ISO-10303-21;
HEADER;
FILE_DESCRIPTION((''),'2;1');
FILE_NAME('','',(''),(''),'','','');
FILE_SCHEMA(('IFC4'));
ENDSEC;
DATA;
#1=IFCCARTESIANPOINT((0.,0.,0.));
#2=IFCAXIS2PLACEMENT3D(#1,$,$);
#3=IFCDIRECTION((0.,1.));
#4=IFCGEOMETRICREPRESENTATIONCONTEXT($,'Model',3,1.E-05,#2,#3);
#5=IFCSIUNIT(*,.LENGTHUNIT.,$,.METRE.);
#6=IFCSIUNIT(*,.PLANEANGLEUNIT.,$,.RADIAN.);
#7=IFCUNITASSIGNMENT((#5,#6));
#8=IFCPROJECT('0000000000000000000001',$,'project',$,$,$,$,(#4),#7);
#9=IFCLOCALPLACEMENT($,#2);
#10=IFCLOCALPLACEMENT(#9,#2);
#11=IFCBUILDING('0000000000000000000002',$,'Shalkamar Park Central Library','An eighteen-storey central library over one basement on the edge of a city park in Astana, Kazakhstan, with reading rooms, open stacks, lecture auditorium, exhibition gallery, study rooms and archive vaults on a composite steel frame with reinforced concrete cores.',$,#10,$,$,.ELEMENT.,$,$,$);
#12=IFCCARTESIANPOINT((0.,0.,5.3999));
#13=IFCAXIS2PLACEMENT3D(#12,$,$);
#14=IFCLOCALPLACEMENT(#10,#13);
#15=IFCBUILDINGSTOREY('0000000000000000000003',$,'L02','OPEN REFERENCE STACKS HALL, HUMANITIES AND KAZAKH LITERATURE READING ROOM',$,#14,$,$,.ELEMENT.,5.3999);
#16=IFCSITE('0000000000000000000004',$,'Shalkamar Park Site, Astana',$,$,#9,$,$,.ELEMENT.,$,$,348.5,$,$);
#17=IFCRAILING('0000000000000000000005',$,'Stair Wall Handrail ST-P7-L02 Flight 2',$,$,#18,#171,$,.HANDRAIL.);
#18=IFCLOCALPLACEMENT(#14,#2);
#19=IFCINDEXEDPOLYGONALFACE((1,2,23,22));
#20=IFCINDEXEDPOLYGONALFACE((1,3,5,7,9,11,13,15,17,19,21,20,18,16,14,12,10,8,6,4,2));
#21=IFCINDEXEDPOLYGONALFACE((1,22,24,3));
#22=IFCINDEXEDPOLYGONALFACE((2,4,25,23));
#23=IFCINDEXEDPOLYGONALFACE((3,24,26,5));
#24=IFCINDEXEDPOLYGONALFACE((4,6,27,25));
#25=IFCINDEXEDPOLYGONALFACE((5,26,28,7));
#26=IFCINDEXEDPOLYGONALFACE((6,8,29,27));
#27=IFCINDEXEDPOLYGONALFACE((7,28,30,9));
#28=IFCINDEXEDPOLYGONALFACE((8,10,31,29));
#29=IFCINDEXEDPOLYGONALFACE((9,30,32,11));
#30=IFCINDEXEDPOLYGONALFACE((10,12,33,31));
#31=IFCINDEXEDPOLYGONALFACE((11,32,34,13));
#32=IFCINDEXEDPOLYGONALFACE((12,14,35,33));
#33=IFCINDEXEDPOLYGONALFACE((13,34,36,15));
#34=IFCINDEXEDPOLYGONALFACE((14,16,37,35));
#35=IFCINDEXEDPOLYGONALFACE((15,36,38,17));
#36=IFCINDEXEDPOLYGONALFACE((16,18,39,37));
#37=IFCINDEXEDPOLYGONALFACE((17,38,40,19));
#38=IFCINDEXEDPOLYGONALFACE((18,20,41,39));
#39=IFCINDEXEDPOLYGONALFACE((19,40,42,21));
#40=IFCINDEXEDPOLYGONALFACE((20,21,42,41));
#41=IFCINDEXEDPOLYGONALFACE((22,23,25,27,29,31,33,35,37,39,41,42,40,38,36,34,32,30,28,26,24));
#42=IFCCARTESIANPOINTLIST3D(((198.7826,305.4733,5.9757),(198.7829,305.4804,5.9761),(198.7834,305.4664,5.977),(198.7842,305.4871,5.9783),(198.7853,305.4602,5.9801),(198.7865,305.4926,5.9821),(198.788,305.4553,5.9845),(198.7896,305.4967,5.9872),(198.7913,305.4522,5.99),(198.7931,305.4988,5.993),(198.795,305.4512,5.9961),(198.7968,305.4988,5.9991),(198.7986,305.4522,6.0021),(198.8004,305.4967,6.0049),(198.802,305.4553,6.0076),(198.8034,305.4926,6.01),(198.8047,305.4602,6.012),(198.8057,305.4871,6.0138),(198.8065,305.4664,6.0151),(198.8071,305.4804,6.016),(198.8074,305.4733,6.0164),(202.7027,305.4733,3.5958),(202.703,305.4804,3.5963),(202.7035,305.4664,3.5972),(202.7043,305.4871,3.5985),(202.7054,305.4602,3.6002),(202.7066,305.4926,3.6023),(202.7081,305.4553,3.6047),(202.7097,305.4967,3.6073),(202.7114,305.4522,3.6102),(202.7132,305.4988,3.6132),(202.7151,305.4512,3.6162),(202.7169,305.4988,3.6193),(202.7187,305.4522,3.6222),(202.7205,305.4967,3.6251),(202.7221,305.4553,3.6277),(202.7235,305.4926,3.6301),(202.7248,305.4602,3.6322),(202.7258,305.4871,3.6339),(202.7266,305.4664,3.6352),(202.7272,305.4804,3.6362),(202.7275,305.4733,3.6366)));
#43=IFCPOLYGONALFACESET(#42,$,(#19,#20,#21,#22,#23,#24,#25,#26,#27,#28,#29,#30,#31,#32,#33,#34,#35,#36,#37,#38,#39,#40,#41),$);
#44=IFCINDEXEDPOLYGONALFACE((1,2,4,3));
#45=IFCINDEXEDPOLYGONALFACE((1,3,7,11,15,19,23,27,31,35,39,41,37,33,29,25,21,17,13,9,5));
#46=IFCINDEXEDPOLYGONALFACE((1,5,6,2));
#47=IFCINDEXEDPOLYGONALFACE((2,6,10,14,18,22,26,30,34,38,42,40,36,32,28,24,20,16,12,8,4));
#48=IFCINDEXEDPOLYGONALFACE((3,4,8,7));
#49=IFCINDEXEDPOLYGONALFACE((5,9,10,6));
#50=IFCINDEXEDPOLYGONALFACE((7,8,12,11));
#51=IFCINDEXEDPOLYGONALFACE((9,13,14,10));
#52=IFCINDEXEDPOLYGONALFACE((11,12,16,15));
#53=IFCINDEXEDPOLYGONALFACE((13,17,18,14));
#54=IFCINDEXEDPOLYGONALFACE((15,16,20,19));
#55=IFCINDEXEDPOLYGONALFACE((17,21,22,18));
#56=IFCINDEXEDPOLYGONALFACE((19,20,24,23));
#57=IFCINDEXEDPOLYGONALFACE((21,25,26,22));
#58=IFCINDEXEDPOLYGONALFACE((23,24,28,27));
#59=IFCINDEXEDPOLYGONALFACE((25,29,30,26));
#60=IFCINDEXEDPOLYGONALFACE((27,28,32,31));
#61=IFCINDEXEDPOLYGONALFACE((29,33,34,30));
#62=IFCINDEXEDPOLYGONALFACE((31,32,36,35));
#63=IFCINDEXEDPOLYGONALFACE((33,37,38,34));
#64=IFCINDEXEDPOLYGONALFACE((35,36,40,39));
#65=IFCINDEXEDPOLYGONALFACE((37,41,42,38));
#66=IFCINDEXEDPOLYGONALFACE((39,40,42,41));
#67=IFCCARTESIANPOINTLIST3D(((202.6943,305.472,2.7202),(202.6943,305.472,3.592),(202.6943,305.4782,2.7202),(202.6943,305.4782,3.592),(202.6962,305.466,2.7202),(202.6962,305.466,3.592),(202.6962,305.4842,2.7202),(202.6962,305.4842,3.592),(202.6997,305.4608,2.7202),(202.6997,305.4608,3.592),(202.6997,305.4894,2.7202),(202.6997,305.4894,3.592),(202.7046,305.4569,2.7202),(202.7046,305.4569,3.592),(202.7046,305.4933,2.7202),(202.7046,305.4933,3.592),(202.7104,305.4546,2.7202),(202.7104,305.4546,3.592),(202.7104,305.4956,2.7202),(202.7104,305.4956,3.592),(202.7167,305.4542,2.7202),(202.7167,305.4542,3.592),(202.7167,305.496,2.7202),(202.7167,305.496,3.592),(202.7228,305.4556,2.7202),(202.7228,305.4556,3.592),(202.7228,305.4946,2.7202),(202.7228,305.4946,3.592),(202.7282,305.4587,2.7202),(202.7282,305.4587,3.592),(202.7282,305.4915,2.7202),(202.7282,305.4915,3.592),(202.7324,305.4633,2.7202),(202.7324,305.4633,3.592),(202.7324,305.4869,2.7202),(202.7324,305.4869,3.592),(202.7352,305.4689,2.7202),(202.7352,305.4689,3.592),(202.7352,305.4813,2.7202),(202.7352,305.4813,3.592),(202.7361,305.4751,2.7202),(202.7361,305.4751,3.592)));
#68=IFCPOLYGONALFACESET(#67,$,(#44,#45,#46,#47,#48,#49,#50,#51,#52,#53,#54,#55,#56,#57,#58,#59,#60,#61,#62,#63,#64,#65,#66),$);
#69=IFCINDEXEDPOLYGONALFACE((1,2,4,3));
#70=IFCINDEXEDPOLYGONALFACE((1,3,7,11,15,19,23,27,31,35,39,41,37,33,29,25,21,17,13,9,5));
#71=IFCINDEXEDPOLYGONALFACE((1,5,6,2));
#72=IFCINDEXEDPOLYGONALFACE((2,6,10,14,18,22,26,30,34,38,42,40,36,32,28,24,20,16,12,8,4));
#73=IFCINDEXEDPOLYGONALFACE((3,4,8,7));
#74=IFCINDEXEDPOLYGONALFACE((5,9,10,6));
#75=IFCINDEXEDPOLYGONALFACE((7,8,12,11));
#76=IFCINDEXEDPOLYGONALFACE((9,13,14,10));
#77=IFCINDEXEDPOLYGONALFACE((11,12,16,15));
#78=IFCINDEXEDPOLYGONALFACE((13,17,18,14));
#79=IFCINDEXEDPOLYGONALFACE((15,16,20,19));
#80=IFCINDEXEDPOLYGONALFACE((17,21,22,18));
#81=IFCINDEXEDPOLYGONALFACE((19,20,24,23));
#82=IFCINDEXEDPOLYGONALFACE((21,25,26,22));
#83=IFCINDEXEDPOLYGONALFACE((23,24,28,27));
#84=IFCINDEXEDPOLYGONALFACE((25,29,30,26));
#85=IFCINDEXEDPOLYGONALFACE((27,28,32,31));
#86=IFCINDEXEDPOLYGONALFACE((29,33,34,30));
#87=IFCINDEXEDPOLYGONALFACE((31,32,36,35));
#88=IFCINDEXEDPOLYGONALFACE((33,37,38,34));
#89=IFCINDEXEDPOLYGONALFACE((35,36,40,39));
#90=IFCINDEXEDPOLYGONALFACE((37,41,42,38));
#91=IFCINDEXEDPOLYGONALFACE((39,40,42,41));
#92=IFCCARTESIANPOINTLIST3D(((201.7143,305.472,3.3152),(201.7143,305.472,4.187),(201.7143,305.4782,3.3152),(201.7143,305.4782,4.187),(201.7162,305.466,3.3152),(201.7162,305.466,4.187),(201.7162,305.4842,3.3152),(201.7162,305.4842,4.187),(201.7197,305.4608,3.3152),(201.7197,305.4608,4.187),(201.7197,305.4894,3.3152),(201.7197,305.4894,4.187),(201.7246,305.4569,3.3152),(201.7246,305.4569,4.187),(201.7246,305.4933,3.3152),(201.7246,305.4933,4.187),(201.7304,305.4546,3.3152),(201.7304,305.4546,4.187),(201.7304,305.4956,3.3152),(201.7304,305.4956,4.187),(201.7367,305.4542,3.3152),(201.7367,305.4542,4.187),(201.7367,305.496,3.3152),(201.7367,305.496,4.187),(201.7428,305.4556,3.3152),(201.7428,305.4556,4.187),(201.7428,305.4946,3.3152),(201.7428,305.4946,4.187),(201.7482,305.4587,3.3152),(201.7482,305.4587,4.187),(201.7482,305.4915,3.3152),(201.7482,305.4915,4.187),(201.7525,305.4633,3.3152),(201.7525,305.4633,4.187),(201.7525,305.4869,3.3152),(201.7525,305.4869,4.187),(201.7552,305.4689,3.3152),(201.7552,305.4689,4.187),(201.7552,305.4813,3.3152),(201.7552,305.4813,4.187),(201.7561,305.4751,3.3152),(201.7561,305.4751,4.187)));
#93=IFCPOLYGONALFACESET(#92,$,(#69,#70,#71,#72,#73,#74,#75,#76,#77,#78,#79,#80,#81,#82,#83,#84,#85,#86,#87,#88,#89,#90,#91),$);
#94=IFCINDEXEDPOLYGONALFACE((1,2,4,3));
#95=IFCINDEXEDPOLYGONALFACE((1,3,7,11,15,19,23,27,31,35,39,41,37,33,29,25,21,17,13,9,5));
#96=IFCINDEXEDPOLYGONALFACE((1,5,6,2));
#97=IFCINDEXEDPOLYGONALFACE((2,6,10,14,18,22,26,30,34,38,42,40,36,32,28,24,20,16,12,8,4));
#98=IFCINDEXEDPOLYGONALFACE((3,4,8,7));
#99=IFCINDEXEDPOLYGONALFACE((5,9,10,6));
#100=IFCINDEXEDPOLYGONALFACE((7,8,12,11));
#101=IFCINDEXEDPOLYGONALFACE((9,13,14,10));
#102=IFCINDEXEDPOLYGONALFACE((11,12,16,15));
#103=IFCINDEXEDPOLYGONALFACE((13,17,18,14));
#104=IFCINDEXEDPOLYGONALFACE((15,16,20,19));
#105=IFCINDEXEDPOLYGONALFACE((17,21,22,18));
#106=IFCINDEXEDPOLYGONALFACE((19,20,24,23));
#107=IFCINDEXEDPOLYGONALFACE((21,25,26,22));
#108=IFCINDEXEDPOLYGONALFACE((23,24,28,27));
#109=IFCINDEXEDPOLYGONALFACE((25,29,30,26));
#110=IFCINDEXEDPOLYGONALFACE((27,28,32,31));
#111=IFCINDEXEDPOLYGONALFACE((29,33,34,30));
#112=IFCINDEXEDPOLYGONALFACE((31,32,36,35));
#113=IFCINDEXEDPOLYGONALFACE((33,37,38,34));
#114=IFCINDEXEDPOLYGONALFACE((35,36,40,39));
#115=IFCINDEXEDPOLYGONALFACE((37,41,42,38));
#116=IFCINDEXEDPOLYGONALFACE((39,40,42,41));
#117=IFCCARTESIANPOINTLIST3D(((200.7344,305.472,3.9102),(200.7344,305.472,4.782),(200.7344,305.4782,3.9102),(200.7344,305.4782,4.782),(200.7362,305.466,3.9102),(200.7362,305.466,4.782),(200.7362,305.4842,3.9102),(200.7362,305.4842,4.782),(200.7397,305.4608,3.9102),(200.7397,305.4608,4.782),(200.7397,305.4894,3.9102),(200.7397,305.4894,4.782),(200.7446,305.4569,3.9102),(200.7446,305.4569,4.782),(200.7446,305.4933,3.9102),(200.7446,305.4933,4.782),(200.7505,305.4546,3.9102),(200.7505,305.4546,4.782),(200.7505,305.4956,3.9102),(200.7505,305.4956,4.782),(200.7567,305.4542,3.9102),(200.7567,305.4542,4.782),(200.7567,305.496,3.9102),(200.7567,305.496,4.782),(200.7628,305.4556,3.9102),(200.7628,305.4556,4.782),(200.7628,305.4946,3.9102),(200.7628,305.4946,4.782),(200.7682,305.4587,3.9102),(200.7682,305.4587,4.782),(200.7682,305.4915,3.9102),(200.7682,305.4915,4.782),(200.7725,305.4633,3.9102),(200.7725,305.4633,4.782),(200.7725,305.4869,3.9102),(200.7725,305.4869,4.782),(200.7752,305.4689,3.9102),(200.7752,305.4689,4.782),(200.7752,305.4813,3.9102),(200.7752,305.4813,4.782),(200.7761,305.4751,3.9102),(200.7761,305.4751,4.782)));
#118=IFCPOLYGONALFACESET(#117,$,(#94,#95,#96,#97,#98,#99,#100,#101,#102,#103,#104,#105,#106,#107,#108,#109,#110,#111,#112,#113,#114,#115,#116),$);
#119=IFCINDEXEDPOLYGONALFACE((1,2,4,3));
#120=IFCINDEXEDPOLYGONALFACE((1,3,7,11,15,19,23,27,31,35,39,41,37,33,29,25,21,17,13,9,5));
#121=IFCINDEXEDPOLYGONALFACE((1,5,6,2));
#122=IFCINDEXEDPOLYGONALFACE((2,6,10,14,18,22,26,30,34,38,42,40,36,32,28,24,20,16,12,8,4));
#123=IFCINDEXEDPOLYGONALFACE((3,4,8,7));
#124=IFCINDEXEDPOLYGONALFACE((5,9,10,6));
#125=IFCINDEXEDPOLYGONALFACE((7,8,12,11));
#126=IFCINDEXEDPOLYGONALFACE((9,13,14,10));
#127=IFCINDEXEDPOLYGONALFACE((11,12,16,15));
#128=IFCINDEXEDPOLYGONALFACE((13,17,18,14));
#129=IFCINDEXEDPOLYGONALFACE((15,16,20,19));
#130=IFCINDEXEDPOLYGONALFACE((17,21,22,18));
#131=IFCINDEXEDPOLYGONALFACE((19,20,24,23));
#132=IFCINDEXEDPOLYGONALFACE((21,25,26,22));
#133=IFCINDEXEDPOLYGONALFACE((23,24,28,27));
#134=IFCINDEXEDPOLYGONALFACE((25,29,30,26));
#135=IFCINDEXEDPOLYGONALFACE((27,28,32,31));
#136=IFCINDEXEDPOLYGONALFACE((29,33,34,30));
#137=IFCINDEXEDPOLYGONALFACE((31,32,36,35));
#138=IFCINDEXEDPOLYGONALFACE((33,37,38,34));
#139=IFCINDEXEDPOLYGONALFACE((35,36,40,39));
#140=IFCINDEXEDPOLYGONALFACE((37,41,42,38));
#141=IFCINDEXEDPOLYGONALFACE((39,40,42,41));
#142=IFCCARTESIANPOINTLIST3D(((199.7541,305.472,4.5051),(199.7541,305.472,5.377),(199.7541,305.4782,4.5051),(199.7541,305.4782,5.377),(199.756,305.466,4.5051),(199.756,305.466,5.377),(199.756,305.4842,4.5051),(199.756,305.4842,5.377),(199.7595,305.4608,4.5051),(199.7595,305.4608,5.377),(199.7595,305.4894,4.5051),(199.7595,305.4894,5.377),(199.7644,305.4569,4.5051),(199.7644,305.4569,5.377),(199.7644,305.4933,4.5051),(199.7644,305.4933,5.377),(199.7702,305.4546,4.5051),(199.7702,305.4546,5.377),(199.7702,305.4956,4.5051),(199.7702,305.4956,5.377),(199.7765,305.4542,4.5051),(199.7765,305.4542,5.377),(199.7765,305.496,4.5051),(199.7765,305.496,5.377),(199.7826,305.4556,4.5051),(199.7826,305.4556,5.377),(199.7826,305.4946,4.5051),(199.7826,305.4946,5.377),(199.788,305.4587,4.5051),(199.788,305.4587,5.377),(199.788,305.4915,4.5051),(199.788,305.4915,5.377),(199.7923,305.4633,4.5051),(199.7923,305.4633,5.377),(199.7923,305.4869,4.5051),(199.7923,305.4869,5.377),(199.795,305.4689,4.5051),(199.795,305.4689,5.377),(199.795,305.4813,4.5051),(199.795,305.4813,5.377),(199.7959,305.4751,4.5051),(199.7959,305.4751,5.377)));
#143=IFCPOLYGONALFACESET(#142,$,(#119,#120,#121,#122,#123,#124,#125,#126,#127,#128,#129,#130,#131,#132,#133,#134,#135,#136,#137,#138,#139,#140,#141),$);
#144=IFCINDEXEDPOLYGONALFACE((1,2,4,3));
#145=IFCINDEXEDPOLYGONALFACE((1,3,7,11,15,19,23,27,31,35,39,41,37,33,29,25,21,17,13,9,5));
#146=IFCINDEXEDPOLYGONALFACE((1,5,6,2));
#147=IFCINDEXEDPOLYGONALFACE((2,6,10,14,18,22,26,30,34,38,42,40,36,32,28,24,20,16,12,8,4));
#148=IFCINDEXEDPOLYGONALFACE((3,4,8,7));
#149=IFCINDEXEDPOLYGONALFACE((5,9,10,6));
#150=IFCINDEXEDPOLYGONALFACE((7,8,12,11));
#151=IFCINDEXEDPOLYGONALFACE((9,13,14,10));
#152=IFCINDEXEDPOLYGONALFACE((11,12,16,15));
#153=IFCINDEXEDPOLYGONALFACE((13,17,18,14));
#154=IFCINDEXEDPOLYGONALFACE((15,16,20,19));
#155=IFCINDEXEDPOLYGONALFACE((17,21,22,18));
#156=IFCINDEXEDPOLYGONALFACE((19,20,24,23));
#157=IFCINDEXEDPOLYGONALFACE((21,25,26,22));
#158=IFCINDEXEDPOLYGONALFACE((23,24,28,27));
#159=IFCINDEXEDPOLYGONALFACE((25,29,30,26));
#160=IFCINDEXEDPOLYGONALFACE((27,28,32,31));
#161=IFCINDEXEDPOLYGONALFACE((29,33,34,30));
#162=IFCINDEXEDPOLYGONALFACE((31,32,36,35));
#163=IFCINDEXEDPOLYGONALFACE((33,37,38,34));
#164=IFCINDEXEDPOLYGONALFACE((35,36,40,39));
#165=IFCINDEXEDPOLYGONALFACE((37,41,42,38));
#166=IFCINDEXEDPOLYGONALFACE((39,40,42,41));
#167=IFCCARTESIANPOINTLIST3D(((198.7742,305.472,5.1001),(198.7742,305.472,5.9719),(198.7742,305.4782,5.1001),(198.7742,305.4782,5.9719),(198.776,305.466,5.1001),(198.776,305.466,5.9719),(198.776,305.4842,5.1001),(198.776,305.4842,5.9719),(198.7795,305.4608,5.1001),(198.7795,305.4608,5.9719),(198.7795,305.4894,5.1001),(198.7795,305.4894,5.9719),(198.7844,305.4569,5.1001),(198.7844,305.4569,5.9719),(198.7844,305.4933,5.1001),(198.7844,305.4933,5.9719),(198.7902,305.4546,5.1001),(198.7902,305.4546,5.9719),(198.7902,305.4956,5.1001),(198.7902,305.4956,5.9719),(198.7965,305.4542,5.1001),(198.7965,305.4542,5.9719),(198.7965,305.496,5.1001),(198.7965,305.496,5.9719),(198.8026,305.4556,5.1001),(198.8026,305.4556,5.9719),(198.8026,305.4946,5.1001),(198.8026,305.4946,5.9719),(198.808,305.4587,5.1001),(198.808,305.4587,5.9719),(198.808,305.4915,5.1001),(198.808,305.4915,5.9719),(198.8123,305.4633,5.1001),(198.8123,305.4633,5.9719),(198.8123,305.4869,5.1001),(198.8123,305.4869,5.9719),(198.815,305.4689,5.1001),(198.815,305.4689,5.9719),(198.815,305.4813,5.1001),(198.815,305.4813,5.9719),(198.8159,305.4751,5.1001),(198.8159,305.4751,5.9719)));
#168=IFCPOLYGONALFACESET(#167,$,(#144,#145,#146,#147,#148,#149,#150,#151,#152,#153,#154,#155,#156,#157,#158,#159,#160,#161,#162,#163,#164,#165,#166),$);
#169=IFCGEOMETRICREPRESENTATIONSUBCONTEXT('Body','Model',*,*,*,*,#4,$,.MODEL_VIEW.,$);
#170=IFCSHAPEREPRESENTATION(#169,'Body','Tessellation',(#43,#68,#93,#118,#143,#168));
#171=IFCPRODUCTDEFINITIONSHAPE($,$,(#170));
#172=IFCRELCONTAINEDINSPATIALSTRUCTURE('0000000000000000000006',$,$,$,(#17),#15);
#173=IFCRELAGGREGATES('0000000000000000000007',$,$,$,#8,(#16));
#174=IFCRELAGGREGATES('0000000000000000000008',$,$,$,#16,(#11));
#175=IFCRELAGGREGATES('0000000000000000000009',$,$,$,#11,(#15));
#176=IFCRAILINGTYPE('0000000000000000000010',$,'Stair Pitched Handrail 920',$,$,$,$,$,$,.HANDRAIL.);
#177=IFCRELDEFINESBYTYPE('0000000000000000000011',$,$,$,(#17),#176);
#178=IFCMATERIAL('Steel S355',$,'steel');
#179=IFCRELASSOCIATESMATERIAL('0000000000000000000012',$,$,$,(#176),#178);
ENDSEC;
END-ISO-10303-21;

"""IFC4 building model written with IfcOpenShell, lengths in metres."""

from ifc_helpers import new_model, si_unit, direction, frame, origin, origin_2d, place, context, subcontext, project, spatial, circle, extrude, material, type_object, element, save


model = new_model("IFC4")

# Units and contexts
model_context = context("Model", 3, precision=1e-05, world=origin(), true_north=direction((0.0, 1.0)))
body_context = subcontext(model_context, "Body", "Model", "MODEL_VIEW")
ifc_project = project(units=[si_unit("LENGTHUNIT", "METRE"), si_unit("PLANEANGLEUNIT", "RADIAN")], contexts=[model_context])

# Site, building, storey
site_placement = place(None, origin())
site = spatial("IfcSite", under=ifc_project, at=site_placement, Name="Shalkamar Park Site, Astana", CompositionType="ELEMENT", RefElevation=348.5)
building_placement = place(site_placement, origin())
building = spatial("IfcBuilding", under=site, at=building_placement, Name="Shalkamar Park Central Library", Description="An eighteen-storey central library over one basement on the edge of a city park in Astana, Kazakhstan, with reading rooms, open stacks, lecture auditorium, exhibition gallery, study rooms and archive vaults on a composite steel frame with reinforced concrete cores.", CompositionType="ELEMENT")
storey_placement = place(building_placement, frame((0.0, 0.0, 5.3999)))
storey = spatial("IfcBuildingStorey", under=building, at=storey_placement, Name="L02", Description="OPEN REFERENCE STACKS HALL, HUMANITIES AND KAZAKH LITERATURE READING ROOM", CompositionType="ELEMENT", Elevation=5.3999)

# Shared definitions
ifc_material_1 = material(Name="Steel S355", Category="steel")

# Railing
railing_type_1 = type_object("IfcRailingType", Name="Stair Pitched Handrail 920", PredefinedType="HANDRAIL", material=ifc_material_1)
railing_1_placement = place(storey_placement, frame((202.7151, 305.4751, 2.7202)))
element("IfcRailing", 1, at=railing_1_placement, inside=storey, type_object=railing_type_1, Name="Stair Wall Handrail ST-P7-L02 Flight 2", PredefinedType="HANDRAIL", context=body_context, shape_type="SweptSolid", body=[
    extrude(circle(Radius=0.0239, at=origin_2d()), frame((0.0, 0.0, 0.896), z_axis=(-0.854809, 0.0, 0.518943), x_axis=(0.0, -1.0, 0.0)), (0.0, 0.0, 1.0), 4.5859),
    extrude(circle(Radius=0.021, at=origin_2d()), origin(), (0.0, 0.0, 1.0), 0.8718),
    extrude(circle(Radius=0.021, at=origin_2d()), frame((-0.98, 0.0, 0.595)), (0.0, 0.0, 1.0), 0.8718),
    extrude(circle(Radius=0.021, at=origin_2d()), frame((-1.96, 0.0, 1.1899)), (0.0, 0.0, 1.0), 0.8718),
    extrude(circle(Radius=0.021, at=origin_2d()), frame((-2.9402, 0.0, 1.7849)), (0.0, 0.0, 1.0), 0.8718),
    extrude(circle(Radius=0.021, at=origin_2d()), frame((-3.9202, 0.0, 2.3799)), (0.0, 0.0, 1.0), 0.8718),
])

save(model, "model.ifc")
